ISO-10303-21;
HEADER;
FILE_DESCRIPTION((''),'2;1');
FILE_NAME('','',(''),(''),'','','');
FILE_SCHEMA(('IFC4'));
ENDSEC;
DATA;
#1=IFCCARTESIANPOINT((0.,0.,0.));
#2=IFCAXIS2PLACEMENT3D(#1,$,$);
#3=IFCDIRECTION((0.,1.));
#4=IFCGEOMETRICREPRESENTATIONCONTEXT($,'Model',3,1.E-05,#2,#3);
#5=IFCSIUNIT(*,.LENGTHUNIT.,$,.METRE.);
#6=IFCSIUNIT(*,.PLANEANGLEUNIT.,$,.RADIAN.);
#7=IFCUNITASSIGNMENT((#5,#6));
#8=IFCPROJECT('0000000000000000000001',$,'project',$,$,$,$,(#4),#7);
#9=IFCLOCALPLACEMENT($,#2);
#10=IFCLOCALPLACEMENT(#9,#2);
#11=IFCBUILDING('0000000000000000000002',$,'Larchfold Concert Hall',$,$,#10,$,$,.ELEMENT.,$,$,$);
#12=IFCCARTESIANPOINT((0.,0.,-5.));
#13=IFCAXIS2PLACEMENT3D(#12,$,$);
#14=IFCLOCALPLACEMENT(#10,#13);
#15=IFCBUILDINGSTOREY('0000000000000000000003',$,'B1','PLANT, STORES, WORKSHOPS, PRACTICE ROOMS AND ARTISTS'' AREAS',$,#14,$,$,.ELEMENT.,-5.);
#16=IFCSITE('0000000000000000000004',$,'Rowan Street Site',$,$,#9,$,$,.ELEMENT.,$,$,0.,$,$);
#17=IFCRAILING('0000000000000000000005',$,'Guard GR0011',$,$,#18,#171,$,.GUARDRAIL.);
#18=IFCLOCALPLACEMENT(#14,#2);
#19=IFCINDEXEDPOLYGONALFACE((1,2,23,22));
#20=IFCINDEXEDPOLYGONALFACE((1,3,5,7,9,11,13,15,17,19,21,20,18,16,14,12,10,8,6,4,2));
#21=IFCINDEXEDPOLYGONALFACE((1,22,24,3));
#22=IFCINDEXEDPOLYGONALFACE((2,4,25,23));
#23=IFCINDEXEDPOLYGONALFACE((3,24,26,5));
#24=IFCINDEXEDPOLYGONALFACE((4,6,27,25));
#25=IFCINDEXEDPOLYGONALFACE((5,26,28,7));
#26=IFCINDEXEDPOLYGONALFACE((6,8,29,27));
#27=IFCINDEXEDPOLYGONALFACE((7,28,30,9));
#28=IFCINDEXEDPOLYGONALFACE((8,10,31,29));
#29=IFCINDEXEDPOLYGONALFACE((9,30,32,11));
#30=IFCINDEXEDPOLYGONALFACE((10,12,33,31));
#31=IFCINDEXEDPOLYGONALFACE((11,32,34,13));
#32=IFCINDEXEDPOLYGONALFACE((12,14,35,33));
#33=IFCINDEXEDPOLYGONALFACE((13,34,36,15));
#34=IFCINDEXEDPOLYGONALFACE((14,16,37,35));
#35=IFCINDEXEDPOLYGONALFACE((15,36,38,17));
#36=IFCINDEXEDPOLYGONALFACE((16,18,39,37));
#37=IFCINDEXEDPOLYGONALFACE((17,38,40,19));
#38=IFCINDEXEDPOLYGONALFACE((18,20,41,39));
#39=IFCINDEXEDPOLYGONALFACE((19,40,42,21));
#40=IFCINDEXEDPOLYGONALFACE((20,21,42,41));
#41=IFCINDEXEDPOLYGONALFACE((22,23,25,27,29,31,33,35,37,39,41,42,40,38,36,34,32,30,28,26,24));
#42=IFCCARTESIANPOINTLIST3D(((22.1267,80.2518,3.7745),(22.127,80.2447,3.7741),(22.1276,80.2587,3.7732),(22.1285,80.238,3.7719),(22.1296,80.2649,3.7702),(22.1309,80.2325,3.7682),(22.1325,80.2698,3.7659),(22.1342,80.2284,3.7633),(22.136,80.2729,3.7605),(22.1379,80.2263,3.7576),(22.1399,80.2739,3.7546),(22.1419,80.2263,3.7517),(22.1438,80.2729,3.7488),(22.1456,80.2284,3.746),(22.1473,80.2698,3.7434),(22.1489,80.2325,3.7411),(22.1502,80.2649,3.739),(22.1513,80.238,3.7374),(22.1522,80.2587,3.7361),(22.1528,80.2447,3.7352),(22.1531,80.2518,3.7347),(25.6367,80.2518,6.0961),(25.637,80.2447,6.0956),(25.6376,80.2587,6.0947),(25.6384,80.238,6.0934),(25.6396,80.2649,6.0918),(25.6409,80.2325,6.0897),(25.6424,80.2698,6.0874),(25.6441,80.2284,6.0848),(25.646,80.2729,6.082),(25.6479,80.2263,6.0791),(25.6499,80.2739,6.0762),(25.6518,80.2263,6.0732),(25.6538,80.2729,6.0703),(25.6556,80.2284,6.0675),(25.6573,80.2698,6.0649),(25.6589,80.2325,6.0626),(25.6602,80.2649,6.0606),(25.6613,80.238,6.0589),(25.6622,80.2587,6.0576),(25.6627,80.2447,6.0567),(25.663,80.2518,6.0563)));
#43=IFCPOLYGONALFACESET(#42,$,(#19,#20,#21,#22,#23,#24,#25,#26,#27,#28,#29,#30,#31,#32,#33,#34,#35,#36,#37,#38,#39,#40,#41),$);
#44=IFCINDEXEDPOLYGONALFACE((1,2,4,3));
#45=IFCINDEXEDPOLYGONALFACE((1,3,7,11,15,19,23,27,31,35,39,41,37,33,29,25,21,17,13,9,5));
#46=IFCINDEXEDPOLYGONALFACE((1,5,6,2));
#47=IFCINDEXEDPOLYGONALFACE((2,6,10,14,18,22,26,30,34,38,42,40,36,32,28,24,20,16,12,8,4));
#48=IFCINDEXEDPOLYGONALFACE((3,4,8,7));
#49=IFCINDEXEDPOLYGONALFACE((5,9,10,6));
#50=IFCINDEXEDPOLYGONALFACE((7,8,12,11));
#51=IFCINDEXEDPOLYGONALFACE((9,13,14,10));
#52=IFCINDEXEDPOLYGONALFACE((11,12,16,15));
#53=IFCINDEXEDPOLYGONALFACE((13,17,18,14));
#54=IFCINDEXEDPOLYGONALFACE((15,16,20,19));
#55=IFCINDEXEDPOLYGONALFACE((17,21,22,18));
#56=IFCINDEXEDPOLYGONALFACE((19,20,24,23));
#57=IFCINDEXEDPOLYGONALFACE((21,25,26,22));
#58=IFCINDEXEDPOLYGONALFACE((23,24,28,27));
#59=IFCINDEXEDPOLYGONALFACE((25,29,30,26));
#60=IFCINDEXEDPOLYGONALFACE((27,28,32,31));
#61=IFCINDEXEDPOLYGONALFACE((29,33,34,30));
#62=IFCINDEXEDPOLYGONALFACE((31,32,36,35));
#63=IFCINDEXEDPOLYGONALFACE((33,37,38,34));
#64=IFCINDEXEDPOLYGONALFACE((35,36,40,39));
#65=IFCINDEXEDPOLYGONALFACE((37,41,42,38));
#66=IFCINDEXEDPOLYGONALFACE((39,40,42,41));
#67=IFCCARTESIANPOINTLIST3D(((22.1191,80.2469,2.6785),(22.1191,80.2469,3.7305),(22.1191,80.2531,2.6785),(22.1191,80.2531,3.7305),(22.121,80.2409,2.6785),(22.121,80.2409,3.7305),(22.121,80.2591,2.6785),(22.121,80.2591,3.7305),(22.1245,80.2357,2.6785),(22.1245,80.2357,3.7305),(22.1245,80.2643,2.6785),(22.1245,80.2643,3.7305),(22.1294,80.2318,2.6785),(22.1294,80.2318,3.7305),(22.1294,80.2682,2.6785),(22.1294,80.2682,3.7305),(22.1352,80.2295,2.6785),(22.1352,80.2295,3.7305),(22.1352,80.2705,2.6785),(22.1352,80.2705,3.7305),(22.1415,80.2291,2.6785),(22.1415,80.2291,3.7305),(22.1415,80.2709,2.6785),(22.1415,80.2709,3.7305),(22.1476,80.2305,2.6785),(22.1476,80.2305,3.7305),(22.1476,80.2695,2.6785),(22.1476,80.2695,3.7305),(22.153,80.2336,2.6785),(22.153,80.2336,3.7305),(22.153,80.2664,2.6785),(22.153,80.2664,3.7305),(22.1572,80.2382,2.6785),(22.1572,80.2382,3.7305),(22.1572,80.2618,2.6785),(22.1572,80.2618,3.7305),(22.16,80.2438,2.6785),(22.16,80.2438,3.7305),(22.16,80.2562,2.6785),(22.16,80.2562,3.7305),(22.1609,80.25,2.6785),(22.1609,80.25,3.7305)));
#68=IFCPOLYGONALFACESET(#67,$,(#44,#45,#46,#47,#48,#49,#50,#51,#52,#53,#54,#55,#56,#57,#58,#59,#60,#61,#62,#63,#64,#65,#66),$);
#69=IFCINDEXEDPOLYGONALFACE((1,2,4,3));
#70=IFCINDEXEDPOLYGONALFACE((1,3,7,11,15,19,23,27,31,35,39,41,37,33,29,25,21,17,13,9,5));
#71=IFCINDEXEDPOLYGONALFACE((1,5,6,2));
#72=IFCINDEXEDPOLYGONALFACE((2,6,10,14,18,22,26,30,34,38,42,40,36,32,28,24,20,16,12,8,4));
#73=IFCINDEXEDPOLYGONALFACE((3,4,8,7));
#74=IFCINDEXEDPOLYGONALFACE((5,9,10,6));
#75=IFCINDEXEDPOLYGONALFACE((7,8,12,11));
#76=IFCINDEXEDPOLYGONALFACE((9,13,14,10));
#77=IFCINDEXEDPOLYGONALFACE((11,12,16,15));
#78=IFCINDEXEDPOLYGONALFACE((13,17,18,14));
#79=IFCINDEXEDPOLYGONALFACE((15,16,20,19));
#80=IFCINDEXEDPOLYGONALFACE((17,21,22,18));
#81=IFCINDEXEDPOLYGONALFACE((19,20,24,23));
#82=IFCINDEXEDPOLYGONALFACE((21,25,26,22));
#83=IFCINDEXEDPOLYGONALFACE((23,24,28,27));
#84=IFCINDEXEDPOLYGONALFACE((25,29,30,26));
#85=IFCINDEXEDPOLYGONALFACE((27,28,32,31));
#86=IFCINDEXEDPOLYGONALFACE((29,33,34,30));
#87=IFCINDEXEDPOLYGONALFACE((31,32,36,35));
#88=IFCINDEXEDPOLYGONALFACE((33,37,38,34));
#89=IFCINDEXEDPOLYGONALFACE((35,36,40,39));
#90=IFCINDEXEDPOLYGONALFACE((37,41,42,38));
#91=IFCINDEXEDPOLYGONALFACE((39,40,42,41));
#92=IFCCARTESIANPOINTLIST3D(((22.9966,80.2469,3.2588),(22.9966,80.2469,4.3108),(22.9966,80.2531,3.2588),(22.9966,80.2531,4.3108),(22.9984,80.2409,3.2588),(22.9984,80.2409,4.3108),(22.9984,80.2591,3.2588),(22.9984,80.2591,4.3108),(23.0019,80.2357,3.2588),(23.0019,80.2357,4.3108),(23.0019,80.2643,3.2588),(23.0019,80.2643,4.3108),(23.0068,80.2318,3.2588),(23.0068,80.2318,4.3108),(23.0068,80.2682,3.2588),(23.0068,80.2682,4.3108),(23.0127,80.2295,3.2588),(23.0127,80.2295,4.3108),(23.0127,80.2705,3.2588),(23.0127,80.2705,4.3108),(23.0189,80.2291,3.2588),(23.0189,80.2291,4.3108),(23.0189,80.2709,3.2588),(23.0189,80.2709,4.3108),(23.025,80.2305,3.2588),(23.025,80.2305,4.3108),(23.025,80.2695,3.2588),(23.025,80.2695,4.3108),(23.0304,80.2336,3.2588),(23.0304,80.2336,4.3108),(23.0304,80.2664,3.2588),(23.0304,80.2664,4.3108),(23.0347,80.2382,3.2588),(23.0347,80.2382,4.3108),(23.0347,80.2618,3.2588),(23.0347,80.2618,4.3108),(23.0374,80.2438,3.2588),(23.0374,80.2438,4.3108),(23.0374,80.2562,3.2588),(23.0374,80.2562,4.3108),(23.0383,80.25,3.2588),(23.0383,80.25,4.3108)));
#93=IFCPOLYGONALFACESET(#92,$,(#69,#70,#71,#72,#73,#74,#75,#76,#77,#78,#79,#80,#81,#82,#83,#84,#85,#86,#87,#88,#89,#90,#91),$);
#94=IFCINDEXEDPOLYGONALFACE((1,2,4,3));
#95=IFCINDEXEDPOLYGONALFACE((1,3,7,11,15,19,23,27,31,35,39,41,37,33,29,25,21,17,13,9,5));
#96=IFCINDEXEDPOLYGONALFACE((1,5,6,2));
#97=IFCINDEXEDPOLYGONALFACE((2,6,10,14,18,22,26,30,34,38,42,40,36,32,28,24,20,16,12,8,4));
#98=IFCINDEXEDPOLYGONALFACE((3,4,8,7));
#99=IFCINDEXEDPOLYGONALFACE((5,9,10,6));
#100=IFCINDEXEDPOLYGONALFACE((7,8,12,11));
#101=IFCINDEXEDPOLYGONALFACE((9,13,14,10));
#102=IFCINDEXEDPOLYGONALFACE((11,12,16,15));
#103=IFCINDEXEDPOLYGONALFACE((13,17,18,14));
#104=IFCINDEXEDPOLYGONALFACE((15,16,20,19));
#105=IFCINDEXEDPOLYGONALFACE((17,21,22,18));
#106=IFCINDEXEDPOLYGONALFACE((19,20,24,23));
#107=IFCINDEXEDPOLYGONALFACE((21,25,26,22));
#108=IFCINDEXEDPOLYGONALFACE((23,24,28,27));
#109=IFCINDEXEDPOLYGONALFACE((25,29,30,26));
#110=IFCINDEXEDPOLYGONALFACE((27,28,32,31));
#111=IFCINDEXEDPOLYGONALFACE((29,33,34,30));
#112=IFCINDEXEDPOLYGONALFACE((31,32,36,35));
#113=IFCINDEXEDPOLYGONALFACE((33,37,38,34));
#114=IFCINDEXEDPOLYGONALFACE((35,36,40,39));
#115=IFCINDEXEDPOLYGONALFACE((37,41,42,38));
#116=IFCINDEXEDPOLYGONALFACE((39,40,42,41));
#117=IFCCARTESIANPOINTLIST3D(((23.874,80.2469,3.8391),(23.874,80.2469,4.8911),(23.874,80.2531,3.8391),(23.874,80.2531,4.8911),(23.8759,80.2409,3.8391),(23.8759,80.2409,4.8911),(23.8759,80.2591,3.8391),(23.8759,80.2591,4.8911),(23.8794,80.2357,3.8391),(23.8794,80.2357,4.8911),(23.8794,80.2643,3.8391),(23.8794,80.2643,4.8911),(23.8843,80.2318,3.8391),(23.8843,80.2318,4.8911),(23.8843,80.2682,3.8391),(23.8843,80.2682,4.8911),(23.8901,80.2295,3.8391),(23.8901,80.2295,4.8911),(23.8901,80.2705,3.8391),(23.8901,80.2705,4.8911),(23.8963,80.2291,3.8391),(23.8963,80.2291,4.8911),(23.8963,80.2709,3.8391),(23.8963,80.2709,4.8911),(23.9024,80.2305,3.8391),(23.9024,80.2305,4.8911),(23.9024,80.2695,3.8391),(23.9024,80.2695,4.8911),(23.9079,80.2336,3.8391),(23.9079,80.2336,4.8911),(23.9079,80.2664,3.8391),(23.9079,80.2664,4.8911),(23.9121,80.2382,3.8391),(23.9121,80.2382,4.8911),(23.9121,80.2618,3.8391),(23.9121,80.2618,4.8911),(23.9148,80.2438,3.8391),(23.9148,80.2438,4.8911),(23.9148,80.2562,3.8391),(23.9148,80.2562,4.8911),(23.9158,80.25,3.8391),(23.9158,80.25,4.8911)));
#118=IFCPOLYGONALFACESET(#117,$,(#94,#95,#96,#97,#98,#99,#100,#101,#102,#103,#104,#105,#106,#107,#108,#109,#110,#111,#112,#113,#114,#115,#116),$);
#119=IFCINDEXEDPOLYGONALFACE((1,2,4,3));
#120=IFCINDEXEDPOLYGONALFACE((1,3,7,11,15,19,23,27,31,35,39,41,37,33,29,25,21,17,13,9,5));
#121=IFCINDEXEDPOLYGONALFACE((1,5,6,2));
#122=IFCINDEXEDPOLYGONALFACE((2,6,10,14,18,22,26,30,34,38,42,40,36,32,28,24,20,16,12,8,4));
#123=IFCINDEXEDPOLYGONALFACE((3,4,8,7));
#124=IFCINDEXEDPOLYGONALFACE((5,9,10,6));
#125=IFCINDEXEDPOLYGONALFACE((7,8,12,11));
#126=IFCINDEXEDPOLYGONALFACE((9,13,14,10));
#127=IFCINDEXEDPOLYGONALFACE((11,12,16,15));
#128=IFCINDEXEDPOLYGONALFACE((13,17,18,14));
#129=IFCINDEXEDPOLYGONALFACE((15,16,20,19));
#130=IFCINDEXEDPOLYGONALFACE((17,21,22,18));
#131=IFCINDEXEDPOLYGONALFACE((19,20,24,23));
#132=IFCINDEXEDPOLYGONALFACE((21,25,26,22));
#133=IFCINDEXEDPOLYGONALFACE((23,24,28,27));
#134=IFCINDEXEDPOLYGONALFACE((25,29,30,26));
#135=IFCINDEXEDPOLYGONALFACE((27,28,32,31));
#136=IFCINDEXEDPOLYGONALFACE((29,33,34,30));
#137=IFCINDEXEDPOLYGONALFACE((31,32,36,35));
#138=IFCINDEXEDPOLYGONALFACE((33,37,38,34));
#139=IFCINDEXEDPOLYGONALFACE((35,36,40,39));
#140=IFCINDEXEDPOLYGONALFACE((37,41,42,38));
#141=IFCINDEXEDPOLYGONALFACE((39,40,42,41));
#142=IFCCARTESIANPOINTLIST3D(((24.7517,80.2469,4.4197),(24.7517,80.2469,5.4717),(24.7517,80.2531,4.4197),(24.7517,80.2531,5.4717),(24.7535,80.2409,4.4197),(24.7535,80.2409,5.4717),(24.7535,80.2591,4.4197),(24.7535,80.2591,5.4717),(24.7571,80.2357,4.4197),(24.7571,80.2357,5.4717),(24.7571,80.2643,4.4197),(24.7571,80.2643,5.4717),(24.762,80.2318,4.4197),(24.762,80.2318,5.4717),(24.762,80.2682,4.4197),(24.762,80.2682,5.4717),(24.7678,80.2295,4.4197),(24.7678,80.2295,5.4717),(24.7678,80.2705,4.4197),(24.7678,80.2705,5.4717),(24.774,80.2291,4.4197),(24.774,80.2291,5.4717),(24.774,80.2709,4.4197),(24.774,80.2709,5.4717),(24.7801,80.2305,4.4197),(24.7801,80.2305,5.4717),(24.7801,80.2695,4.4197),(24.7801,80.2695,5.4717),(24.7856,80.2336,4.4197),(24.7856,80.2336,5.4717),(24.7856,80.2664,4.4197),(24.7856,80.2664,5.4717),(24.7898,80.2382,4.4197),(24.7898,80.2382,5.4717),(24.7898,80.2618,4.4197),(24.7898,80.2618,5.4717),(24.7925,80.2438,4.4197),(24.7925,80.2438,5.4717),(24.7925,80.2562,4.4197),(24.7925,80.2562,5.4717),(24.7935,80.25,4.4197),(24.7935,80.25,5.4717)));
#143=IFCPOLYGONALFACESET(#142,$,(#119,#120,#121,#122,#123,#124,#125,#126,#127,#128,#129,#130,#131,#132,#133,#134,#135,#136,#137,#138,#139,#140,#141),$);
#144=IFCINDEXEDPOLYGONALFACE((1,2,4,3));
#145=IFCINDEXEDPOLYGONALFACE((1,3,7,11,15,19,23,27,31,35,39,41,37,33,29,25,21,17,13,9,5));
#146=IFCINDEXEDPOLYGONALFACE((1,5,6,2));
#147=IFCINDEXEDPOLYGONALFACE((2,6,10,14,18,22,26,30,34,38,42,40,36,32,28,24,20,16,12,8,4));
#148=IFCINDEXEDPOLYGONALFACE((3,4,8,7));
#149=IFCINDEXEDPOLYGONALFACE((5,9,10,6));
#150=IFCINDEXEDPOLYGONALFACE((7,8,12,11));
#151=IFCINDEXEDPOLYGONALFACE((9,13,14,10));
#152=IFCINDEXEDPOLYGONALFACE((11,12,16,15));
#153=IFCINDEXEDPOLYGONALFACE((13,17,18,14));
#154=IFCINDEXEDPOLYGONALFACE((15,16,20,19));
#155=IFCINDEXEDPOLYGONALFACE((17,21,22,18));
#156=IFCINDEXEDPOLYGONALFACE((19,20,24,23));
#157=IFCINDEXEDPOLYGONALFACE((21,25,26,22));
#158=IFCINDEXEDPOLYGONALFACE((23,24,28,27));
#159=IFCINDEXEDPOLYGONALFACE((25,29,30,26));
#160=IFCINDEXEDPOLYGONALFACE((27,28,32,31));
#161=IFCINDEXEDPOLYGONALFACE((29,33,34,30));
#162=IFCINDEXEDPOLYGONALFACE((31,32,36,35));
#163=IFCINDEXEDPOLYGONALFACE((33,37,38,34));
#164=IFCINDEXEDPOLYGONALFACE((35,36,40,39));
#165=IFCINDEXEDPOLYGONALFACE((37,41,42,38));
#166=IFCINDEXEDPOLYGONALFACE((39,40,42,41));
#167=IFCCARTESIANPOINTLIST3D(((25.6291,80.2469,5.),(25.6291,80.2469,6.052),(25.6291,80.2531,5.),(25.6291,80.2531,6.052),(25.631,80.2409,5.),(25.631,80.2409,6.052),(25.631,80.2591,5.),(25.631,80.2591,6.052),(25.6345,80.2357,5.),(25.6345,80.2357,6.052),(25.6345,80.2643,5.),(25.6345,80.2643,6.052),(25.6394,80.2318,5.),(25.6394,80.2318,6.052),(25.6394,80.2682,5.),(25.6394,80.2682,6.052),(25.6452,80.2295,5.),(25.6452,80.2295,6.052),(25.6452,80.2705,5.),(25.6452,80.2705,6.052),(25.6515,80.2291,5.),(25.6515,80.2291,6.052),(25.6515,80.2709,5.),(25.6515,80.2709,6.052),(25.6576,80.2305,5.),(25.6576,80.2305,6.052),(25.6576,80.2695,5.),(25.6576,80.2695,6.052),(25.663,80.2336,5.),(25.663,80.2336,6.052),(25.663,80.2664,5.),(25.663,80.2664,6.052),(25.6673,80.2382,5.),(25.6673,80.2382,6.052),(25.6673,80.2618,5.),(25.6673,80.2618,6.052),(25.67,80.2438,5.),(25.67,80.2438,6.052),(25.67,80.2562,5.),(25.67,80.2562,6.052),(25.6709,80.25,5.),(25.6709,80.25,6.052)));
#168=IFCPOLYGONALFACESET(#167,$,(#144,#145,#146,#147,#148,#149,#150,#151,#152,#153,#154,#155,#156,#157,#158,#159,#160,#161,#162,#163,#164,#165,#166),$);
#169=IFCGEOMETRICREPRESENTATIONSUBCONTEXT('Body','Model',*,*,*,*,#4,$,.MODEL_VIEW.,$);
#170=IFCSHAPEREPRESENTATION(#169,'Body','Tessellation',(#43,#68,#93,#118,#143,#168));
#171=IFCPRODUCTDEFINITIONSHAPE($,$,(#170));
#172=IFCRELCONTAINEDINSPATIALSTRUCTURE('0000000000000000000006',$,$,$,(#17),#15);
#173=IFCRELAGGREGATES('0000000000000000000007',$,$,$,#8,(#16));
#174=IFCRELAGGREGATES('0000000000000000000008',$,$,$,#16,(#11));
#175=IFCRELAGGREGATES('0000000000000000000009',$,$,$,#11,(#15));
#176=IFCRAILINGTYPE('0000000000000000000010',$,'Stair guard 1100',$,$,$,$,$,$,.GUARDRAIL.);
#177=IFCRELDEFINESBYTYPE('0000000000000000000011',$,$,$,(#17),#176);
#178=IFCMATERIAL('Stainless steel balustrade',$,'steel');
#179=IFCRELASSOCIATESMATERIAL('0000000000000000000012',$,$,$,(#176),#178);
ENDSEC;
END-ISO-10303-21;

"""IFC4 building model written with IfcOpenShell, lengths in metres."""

from ifc_helpers import new_model, si_unit, direction, frame, origin, origin_2d, place, context, subcontext, project, spatial, circle, extrude, material, type_object, element, save


model = new_model("IFC4")

# Units and contexts
model_context = context("Model", 3, precision=1e-05, world=origin(), true_north=direction((0.0, 1.0)))
body_context = subcontext(model_context, "Body", "Model", "MODEL_VIEW")
ifc_project = project(units=[si_unit("LENGTHUNIT", "METRE"), si_unit("PLANEANGLEUNIT", "RADIAN")], contexts=[model_context])

# Site, building, storey
site_placement = place(None, origin())
site = spatial("IfcSite", under=ifc_project, at=site_placement, Name="Rowan Street Site", CompositionType="ELEMENT", RefElevation=0.0)
building_placement = place(site_placement, origin())
building = spatial("IfcBuilding", under=site, at=building_placement, Name="Larchfold Concert Hall", CompositionType="ELEMENT")
storey_placement = place(building_placement, frame((0.0, 0.0, -5.0)))
storey = spatial("IfcBuildingStorey", under=building, at=storey_placement, Name="B1", Description="PLANT, STORES, WORKSHOPS, PRACTICE ROOMS AND ARTISTS' AREAS", CompositionType="ELEMENT", Elevation=-5.0)

# Railing
ifc_material_1 = material(Name="Stainless steel balustrade", Category="steel")
railing_type_1 = type_object("IfcRailingType", Name="Stair guard 1100", PredefinedType="GUARDRAIL", material=ifc_material_1)
railing_1_placement = place(storey_placement, frame((22.1399, 80.25, 2.6785)))
element("IfcRailing", 1, at=railing_1_placement, inside=storey, type_object=railing_type_1, Name="Guard GR0011", PredefinedType="GUARDRAIL", context=body_context, shape_type="SweptSolid", body=[
    extrude(circle(Radius=0.0239, at=origin_2d()), frame((0.0, 0.0, 1.0762), z_axis=(0.834071, 0.0, 0.551657), x_axis=(0.0, 1.0, 0.0)), (0.0, 0.0, 1.0), 4.2083),
    extrude(circle(Radius=0.021, at=origin_2d()), origin(), (0.0, 0.0, 1.0), 1.052),
    extrude(circle(Radius=0.021, at=origin_2d()), frame((0.8774, 0.0, 0.5803)), (0.0, 0.0, 1.0), 1.052),
    extrude(circle(Radius=0.021, at=origin_2d()), frame((1.7549, 0.0, 1.1606)), (0.0, 0.0, 1.0), 1.052),
    extrude(circle(Radius=0.021, at=origin_2d()), frame((2.6326, 0.0, 1.7412)), (0.0, 0.0, 1.0), 1.052),
    extrude(circle(Radius=0.021, at=origin_2d()), frame((3.51, 0.0, 2.3215)), (0.0, 0.0, 1.0), 1.052),
])

save(model, "model.ifc")
